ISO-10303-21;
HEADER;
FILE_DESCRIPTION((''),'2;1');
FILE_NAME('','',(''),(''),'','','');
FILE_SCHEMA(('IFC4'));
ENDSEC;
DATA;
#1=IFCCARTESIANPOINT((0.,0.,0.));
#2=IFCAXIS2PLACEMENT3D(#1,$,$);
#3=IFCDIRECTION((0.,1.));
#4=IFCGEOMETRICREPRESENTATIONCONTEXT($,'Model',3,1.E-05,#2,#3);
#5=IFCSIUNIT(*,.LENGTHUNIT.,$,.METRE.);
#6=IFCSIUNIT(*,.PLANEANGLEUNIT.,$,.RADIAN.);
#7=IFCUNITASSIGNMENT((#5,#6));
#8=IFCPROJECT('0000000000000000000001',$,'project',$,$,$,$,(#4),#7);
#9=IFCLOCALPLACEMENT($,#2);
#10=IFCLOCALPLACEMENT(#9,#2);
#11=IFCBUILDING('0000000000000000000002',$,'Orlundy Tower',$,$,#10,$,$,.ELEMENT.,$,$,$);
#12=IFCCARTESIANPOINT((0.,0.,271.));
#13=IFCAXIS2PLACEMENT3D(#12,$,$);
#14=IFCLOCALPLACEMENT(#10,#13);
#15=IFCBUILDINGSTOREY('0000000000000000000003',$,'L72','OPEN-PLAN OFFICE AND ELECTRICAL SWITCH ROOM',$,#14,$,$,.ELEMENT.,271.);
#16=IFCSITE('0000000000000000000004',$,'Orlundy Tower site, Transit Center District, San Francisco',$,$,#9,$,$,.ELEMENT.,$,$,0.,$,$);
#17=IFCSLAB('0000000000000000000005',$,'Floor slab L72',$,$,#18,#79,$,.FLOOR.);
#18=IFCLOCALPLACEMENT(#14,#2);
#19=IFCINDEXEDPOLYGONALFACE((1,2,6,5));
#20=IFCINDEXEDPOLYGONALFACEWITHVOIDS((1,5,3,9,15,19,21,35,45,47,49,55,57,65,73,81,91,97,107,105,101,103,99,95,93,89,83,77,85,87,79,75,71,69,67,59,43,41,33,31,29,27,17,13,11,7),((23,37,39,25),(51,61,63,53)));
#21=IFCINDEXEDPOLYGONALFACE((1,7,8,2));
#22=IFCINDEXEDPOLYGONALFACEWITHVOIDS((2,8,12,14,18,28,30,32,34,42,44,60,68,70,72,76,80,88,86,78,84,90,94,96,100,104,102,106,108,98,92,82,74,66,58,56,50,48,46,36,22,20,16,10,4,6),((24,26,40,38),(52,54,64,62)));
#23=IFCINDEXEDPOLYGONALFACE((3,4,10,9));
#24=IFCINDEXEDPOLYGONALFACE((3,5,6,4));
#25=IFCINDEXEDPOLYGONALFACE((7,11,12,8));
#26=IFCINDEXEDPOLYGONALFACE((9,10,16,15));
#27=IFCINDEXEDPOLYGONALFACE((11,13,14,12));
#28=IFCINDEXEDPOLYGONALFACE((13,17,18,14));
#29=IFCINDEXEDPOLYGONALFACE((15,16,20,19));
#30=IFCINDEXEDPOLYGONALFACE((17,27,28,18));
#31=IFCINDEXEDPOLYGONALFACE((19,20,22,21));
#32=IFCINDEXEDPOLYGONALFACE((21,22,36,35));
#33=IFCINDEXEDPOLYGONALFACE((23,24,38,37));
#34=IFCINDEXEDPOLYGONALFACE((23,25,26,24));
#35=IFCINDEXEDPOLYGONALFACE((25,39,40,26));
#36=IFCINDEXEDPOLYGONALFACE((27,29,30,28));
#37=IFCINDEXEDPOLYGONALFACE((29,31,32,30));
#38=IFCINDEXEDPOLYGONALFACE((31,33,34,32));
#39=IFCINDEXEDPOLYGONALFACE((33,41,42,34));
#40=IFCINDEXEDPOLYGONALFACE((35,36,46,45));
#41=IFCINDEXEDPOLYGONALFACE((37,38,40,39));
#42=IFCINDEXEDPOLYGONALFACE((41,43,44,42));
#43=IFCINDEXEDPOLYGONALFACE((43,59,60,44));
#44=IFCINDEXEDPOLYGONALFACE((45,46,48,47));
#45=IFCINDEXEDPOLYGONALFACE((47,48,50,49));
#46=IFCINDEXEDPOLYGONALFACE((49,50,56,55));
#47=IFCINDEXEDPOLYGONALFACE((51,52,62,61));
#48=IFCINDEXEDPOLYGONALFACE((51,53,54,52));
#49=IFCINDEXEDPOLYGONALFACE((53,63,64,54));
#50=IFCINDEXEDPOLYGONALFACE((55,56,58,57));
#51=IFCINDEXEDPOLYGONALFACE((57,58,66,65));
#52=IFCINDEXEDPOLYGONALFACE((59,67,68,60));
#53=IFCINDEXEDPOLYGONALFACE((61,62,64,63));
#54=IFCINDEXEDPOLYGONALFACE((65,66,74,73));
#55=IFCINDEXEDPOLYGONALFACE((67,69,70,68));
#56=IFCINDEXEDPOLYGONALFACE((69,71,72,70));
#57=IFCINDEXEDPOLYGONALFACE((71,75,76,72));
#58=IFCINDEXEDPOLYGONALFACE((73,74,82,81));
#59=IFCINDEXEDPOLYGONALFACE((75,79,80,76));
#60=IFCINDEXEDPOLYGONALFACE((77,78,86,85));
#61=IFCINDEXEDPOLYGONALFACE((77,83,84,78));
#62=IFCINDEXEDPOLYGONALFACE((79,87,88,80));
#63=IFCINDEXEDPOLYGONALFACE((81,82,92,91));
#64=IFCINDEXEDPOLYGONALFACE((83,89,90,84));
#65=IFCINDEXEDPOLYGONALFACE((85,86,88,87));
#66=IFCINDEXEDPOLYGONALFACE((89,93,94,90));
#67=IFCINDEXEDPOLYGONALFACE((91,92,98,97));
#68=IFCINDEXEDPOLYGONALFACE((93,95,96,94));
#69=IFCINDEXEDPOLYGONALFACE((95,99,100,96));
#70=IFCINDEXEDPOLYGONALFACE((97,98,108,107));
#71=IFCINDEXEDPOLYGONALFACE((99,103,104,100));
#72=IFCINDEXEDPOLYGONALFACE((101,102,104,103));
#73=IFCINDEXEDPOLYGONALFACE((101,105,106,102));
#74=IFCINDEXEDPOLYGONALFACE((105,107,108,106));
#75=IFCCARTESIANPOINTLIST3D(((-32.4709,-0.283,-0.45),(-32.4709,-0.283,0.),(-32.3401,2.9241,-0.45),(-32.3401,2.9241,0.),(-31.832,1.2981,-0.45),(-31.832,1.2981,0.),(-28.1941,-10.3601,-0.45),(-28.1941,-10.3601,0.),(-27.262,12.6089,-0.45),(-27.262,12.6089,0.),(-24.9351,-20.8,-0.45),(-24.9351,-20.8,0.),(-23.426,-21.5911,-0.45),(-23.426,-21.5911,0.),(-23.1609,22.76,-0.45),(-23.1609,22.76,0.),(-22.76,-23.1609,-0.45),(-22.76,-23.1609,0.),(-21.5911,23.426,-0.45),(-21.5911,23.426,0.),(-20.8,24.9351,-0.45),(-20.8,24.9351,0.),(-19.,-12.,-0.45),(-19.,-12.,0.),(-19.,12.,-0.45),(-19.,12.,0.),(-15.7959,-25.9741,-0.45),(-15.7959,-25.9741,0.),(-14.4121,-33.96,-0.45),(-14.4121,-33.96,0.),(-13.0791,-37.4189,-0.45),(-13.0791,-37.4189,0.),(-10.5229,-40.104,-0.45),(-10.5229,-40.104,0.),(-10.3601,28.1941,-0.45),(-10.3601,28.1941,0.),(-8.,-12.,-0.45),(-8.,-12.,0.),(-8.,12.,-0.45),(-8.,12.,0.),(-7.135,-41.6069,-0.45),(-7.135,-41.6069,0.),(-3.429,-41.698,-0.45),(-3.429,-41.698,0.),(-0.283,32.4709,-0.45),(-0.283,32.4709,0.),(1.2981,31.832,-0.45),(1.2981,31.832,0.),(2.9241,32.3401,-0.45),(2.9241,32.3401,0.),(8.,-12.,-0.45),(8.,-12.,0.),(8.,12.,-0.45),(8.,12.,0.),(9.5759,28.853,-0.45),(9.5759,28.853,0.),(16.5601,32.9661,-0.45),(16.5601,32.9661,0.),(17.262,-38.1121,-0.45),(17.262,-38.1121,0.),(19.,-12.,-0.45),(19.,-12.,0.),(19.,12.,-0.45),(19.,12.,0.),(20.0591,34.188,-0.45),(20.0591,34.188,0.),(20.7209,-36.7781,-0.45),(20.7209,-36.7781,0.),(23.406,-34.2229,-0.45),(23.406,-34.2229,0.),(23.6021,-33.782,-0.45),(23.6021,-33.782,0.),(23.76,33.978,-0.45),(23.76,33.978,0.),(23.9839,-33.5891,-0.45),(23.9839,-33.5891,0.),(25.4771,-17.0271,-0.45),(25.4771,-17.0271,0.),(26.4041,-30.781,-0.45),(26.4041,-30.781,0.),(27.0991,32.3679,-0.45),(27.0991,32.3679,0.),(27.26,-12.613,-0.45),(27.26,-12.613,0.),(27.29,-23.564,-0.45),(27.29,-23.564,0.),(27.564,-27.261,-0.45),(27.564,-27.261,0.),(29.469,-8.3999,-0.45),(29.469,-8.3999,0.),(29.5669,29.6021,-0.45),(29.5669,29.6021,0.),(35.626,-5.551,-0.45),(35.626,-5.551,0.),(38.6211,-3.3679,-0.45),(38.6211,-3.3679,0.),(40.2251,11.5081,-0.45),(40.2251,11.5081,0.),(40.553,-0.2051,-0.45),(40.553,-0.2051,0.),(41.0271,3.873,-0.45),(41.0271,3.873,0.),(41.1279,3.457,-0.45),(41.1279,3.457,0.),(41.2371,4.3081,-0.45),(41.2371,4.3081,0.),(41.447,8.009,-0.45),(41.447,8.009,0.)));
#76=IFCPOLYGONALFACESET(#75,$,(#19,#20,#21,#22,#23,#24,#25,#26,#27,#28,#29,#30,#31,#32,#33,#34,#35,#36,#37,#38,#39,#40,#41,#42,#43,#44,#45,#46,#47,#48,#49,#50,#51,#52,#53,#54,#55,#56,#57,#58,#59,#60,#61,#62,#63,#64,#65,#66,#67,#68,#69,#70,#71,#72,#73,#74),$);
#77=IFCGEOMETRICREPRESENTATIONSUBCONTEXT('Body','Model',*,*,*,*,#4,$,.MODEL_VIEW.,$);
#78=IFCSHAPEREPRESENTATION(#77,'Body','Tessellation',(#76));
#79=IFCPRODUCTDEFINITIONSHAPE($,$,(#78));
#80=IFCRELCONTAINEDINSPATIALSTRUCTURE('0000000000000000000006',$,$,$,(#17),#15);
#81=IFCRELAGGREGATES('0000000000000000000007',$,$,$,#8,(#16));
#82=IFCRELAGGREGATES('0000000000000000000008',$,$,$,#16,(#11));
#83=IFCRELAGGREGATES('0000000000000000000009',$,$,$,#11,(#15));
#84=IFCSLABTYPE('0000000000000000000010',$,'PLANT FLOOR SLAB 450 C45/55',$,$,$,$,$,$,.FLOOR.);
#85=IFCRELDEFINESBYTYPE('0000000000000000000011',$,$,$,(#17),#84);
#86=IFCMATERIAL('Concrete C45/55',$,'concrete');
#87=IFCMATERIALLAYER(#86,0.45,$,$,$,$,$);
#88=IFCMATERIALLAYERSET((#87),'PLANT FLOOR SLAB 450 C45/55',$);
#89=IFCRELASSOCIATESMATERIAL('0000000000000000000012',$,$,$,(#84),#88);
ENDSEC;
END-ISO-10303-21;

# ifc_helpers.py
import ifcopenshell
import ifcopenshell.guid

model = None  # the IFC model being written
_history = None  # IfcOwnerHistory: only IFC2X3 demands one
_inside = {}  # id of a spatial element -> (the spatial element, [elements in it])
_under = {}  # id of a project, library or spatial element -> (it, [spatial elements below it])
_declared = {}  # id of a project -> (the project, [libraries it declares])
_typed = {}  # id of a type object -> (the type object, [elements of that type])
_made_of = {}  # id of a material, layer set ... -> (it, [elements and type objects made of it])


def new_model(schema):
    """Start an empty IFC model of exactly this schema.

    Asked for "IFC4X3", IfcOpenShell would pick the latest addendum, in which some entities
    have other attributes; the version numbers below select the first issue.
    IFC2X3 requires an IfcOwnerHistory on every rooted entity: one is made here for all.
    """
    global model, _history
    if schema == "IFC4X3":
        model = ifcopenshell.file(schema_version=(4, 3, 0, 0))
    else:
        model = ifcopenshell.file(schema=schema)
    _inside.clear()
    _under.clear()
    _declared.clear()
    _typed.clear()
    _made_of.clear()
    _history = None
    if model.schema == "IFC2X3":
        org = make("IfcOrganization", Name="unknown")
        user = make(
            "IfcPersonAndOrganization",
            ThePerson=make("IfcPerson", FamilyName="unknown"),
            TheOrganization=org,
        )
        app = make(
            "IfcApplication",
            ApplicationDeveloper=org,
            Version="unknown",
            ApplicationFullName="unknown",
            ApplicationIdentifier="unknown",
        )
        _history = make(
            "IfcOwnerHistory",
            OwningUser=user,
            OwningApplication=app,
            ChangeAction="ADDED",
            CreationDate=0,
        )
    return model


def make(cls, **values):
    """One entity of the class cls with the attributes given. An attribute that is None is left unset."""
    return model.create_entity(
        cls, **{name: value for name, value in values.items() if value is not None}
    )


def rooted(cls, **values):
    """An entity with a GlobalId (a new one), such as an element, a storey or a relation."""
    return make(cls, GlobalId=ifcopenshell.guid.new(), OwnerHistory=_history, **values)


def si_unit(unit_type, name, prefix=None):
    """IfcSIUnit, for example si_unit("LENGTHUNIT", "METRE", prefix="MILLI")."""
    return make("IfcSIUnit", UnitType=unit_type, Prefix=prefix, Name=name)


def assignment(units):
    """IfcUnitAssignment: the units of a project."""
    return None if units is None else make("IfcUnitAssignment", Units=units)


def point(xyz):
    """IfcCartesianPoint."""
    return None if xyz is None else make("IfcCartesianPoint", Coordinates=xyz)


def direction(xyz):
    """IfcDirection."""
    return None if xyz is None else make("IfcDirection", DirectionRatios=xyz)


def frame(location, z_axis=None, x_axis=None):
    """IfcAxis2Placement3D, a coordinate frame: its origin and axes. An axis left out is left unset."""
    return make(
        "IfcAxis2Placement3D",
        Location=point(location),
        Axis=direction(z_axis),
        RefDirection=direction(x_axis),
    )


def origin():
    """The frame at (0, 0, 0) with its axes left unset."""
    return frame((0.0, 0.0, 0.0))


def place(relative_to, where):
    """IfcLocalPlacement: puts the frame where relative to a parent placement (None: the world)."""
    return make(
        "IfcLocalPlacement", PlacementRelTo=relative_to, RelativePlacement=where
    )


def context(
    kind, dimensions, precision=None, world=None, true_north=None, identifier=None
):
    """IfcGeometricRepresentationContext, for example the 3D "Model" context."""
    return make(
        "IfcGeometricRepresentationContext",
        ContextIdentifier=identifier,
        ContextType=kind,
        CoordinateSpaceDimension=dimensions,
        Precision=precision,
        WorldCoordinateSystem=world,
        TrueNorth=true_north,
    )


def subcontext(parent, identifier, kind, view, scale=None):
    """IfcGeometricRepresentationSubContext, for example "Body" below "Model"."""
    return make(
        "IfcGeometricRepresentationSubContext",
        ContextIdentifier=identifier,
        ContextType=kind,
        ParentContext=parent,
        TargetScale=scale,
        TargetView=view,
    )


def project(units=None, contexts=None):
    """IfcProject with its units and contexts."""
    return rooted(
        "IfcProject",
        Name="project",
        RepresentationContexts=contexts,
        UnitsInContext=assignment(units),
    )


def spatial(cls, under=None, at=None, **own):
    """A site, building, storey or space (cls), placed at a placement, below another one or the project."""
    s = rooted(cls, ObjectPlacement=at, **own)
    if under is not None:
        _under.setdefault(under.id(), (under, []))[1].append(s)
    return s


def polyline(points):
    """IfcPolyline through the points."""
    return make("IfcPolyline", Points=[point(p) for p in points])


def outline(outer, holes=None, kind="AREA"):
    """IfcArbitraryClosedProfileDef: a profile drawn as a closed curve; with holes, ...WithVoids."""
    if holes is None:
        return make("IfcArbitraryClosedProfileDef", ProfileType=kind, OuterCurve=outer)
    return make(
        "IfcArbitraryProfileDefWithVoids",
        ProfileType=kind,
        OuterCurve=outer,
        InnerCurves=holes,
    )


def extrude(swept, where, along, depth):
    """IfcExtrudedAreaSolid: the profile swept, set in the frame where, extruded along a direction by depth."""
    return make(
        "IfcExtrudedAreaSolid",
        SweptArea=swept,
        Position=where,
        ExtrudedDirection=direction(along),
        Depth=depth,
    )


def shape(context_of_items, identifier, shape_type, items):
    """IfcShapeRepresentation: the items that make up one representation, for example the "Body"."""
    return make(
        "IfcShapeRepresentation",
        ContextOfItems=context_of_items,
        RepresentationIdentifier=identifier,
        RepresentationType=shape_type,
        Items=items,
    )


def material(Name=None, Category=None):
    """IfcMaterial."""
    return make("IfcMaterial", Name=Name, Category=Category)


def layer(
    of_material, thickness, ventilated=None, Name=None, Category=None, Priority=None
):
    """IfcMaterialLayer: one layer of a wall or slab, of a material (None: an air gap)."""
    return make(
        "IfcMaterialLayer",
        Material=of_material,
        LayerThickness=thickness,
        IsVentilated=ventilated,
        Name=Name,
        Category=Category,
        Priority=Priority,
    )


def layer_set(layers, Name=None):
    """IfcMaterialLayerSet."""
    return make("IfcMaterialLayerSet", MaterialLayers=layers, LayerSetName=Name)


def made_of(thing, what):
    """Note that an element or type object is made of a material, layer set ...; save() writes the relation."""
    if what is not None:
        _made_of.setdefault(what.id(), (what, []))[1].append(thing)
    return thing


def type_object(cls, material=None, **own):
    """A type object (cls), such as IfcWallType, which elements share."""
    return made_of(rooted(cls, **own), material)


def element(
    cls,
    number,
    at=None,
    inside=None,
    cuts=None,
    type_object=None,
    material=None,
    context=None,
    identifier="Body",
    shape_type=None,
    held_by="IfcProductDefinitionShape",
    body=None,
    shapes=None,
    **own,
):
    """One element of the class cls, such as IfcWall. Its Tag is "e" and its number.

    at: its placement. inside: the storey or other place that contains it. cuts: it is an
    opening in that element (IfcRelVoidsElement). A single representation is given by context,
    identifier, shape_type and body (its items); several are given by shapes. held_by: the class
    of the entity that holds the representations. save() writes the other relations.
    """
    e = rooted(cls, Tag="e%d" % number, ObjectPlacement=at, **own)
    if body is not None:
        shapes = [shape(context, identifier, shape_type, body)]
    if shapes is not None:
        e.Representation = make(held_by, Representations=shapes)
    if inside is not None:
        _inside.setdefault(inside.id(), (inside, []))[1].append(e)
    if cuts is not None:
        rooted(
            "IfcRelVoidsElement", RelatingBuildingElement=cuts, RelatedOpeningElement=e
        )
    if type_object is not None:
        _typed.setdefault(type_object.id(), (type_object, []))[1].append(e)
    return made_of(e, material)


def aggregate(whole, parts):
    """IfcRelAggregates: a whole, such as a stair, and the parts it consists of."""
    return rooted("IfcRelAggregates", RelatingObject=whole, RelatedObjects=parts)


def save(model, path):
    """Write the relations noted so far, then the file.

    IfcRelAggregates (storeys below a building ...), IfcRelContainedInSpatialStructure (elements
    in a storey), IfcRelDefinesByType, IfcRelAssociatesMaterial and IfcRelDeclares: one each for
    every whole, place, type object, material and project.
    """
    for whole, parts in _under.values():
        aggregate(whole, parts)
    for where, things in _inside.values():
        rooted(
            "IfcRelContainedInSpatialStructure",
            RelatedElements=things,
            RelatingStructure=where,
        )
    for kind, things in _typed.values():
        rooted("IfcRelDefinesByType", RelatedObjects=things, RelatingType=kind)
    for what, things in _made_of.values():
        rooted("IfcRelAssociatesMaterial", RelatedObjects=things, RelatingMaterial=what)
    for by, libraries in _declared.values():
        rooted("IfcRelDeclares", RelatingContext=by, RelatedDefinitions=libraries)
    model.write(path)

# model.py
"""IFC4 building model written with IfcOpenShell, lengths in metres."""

from ifc_helpers import new_model, si_unit, direction, frame, origin, place, context, subcontext, project, spatial, polyline, outline, extrude, material, layer, layer_set, type_object, element, save


model = new_model("IFC4")

# Units and contexts
model_context = context("Model", 3, precision=1e-05, world=origin(), true_north=direction((0.0, 1.0)))
body_context = subcontext(model_context, "Body", "Model", "MODEL_VIEW")
ifc_project = project(units=[si_unit("LENGTHUNIT", "METRE"), si_unit("PLANEANGLEUNIT", "RADIAN")], contexts=[model_context])

# Site, building, storey
site_placement = place(None, origin())
site = spatial("IfcSite", under=ifc_project, at=site_placement, Name="Orlundy Tower site, Transit Center District, San Francisco", CompositionType="ELEMENT", RefElevation=0.0)
building_placement = place(site_placement, origin())
building = spatial("IfcBuilding", under=site, at=building_placement, Name="Orlundy Tower", CompositionType="ELEMENT")
storey_placement = place(building_placement, frame((0.0, 0.0, 271.0)))
storey = spatial("IfcBuildingStorey", under=building, at=storey_placement, Name="L72", Description="OPEN-PLAN OFFICE AND ELECTRICAL SWITCH ROOM", CompositionType="ELEMENT", Elevation=271.0)

# Slab
ifc_material_1 = material(Name="Concrete C45/55", Category="concrete")
ifc_layer_1 = layer(ifc_material_1, 0.45)
ifc_layer_set_1 = layer_set([ifc_layer_1], Name="PLANT FLOOR SLAB 450 C45/55")
slab_type_1 = type_object("IfcSlabType", Name="PLANT FLOOR SLAB 450 C45/55", PredefinedType="FLOOR", material=ifc_layer_set_1)
slab_1_placement = place(storey_placement, frame((0.0, 0.0, -0.45)))
element("IfcSlab", 1, at=slab_1_placement, inside=storey, type_object=slab_type_1, Name="Floor slab L72", PredefinedType="FLOOR", context=body_context, shape_type="SweptSolid", body=[
    extrude(outline(polyline([(-22.76, -23.1609), (-23.426, -21.5911), (-24.9351, -20.8), (-28.1941, -10.3601), (-32.4709, -0.283), (-31.832, 1.2981), (-32.3401, 2.9241), (-27.262, 12.6089), (-23.1609, 22.76), (-21.5911, 23.426), (-20.8, 24.9351), (-10.3601, 28.1941), (-0.283, 32.4709), (1.2981, 31.832), (2.9241, 32.3401), (9.5759, 28.853), (16.5601, 32.9661), (20.0591, 34.188), (23.76, 33.978), (27.0991, 32.3679), (29.5669, 29.6021), (40.2251, 11.5081), (41.447, 8.009), (41.2371, 4.3081), (41.0271, 3.873), (41.1279, 3.457), (40.553, -0.2051), (38.6211, -3.3679), (35.626, -5.551), (29.469, -8.3999), (27.26, -12.613), (25.4771, -17.0271), (27.29, -23.564), (27.564, -27.261), (26.4041, -30.781), (23.9839, -33.5891), (23.6021, -33.782), (23.406, -34.2229), (20.7209, -36.7781), (17.262, -38.1121), (-3.429, -41.698), (-7.135, -41.6069), (-10.5229, -40.104), (-13.0791, -37.4189), (-14.4121, -33.96), (-15.7959, -25.9741), (-22.76, -23.1609)]), holes=[polyline([(-8.0, -12.0), (-8.0, 12.0), (-19.0, 12.0), (-19.0, -12.0), (-8.0, -12.0)]), polyline([(19.0, -12.0), (19.0, 12.0), (8.0, 12.0), (8.0, -12.0), (19.0, -12.0)])]), origin(), (0.0, 0.0, 1.0), 0.45),
])

save(model, "model.ifc")
